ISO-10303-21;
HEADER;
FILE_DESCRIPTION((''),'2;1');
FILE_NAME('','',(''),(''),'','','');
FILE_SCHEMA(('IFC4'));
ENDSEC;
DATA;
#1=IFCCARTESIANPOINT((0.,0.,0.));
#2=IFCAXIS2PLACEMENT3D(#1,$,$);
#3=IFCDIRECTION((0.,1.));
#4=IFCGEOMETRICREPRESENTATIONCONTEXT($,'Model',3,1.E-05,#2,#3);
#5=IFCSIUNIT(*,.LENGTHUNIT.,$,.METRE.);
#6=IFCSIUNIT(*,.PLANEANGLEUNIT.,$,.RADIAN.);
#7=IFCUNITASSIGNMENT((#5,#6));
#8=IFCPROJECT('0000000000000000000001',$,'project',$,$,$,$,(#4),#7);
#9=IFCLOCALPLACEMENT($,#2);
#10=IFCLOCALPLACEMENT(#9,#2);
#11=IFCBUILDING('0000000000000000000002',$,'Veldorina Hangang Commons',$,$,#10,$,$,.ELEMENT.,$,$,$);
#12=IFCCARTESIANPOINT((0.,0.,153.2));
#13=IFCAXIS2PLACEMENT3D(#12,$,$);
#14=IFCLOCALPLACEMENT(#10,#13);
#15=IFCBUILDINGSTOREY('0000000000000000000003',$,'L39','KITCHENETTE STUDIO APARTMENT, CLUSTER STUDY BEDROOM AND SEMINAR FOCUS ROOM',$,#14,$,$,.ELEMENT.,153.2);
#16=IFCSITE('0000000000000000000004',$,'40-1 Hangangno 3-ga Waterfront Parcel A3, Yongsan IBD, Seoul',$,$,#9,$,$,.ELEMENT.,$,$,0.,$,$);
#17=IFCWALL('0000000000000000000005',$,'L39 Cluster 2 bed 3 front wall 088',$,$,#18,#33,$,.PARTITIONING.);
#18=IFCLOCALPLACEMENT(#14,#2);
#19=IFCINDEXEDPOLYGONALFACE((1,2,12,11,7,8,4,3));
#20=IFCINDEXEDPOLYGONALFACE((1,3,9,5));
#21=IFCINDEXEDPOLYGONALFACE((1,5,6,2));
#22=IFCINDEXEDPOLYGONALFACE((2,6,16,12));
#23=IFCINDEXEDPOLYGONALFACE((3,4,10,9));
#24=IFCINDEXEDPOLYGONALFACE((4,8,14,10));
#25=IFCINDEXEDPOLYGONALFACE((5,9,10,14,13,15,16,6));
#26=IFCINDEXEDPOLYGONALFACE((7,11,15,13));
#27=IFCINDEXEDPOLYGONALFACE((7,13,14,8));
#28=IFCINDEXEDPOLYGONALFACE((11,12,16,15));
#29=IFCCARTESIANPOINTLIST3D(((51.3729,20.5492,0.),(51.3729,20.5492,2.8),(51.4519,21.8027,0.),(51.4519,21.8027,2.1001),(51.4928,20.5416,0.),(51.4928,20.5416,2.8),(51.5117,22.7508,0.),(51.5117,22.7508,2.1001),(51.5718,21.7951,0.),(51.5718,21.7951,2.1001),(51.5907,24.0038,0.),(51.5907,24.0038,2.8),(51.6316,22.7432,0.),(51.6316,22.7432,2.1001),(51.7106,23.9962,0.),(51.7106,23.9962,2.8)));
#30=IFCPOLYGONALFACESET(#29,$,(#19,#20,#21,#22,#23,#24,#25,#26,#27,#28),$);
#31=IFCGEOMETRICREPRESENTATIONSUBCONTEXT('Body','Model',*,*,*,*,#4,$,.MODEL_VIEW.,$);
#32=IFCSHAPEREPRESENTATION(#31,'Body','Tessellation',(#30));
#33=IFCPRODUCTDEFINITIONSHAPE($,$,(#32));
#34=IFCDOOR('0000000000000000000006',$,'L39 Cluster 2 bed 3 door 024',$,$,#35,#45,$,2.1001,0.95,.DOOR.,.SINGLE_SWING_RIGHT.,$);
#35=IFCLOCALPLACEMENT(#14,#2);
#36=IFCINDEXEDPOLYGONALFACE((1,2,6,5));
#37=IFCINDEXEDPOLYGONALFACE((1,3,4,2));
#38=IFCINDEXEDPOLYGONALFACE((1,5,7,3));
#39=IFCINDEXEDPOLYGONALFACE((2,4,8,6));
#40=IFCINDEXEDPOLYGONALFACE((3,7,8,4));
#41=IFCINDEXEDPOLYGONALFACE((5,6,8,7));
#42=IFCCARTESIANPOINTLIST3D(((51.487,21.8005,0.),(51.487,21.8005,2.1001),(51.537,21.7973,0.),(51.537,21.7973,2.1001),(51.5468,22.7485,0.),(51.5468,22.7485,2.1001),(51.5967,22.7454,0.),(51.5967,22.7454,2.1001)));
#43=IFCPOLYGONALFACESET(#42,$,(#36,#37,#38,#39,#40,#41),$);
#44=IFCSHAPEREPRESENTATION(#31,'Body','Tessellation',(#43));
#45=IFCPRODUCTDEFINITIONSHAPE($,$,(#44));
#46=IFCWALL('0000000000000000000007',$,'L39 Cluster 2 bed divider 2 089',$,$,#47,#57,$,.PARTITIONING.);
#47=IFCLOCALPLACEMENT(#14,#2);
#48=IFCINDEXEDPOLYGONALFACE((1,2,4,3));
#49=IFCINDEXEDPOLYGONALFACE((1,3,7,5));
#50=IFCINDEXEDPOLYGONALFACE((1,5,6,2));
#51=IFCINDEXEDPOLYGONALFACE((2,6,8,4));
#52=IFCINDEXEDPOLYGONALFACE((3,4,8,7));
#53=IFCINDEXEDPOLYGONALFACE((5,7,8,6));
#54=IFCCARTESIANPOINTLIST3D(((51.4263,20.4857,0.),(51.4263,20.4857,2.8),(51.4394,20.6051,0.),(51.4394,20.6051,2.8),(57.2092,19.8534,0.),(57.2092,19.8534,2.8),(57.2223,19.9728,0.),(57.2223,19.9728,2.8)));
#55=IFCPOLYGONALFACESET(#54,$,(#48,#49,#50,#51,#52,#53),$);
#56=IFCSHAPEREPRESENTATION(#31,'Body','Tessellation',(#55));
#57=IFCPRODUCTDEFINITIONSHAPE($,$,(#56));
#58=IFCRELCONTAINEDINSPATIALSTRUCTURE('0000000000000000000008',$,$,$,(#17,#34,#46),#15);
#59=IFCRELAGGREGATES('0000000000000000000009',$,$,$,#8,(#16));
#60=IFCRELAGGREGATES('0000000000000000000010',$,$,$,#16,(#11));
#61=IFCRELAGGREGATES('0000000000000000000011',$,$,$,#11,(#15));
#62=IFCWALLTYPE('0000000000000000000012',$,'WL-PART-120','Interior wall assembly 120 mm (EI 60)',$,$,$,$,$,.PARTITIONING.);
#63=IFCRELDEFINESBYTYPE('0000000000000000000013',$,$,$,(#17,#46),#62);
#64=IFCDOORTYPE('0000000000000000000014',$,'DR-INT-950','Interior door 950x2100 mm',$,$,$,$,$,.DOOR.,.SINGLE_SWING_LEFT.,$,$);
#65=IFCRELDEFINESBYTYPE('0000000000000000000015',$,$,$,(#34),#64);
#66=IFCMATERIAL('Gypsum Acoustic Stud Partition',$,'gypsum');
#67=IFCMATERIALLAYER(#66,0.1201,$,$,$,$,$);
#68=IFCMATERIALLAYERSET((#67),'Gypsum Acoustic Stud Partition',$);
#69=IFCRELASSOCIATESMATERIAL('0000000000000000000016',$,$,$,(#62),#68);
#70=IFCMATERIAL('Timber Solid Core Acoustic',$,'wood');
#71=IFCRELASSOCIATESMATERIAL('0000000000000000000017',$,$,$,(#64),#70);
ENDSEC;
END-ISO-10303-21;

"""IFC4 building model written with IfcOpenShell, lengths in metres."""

from ifc_helpers import new_model, si_unit, direction, frame, frame_2d, origin, place, context, subcontext, project, spatial, rectangle, extrude, material, layer, layer_set, type_object, element, fill, save


model = new_model("IFC4")

# Units and contexts
model_context = context("Model", 3, precision=1e-05, world=origin(), true_north=direction((0.0, 1.0)))
body_context = subcontext(model_context, "Body", "Model", "MODEL_VIEW")
ifc_project = project(units=[si_unit("LENGTHUNIT", "METRE"), si_unit("PLANEANGLEUNIT", "RADIAN")], contexts=[model_context])

# Site, building, storey
site_placement = place(None, origin())
site = spatial("IfcSite", under=ifc_project, at=site_placement, Name="40-1 Hangangno 3-ga Waterfront Parcel A3, Yongsan IBD, Seoul", CompositionType="ELEMENT", RefElevation=0.0)
building_placement = place(site_placement, origin())
building = spatial("IfcBuilding", under=site, at=building_placement, Name="Veldorina Hangang Commons", CompositionType="ELEMENT")
storey_placement = place(building_placement, frame((0.0, 0.0, 153.2)))
storey = spatial("IfcBuildingStorey", under=building, at=storey_placement, Name="L39", Description="KITCHENETTE STUDIO APARTMENT, CLUSTER STUDY BEDROOM AND SEMINAR FOCUS ROOM", CompositionType="ELEMENT", Elevation=153.2)

# Shared definitions
ifc_material_1 = material(Name="Gypsum Acoustic Stud Partition", Category="gypsum")
ifc_layer_1 = layer(ifc_material_1, 0.1201)
ifc_layer_set_1 = layer_set([ifc_layer_1], Name="Gypsum Acoustic Stud Partition")
wall_type_1 = type_object("IfcWallType", Name="WL-PART-120", Description="Interior wall assembly 120 mm (EI 60)", PredefinedType="PARTITIONING", material=ifc_layer_set_1)

# Shared definitions
ifc_material_2 = material(Name="Timber Solid Core Acoustic", Category="wood")
door_type_1 = type_object("IfcDoorType", Name="DR-INT-950", Description="Interior door 950x2100 mm", OperationType="SINGLE_SWING_LEFT", PredefinedType="DOOR", material=ifc_material_2)

# Wall, opening, door
wall_1_placement = place(storey_placement, frame((51.4329, 20.5454, 0.0), z_axis=(0.0, 0.0, 1.0), x_axis=(0.062914, 0.998019, 0.0)))
wall_1 = element("IfcWall", 1, at=wall_1_placement, inside=storey, type_object=wall_type_1, Name="L39 Cluster 2 bed 3 front wall 088", PredefinedType="PARTITIONING", context=body_context, shape_type="SweptSolid", body=[
    extrude(rectangle(XDim=3.4614, YDim=0.1201, at=frame_2d((1.7307, 0.0))), origin(), (0.0, 0.0, 1.0), 2.8),
])
opening_1_placement = place(wall_1_placement, frame((1.2559, 0.0, 0.0)))
opening_1 = element("IfcOpeningElement", 2, at=opening_1_placement, cuts=wall_1, PredefinedType="OPENING", context=body_context, shape_type="SweptSolid", body=[
    extrude(rectangle(XDim=0.95, YDim=2.1001, at=frame_2d((0.4751, 1.05))), frame((0.0, 0.0701, 0.0), z_axis=(0.0, -1.0, 0.0), x_axis=(1.0, 0.0, 0.0)), (0.0, 0.0, 1.0), 0.1401),
])
door_1_placement = place(opening_1_placement, origin())
door_1 = element("IfcDoor", 3, at=door_1_placement, inside=storey, type_object=door_type_1, Name="L39 Cluster 2 bed 3 door 024", OperationType="SINGLE_SWING_RIGHT", OverallHeight=2.1001, OverallWidth=0.95, PredefinedType="DOOR", context=body_context, shape_type="SweptSolid", body=[
    extrude(rectangle(XDim=0.95, YDim=2.1001, at=frame_2d((0.4751, 1.05))), frame((0.0, 0.0249, 0.0), z_axis=(0.0, -1.0, 0.0), x_axis=(1.0, 0.0, 0.0)), (0.0, 0.0, 1.0), 0.05),
])
fill(opening_1, door_1)

# Wall
wall_2_placement = place(storey_placement, frame((51.4329, 20.5454, 0.0), z_axis=(0.0, 0.0, 1.0), x_axis=(0.994075, -0.108695, 0.0)))
element("IfcWall", 4, at=wall_2_placement, inside=storey, type_object=wall_type_1, Name="L39 Cluster 2 bed divider 2 089", PredefinedType="PARTITIONING", context=body_context, shape_type="SweptSolid", body=[
    extrude(rectangle(XDim=5.8174, YDim=0.1201, at=frame_2d((2.9087, 0.0))), origin(), (0.0, 0.0, 1.0), 2.8),
])

save(model, "model.ifc")
